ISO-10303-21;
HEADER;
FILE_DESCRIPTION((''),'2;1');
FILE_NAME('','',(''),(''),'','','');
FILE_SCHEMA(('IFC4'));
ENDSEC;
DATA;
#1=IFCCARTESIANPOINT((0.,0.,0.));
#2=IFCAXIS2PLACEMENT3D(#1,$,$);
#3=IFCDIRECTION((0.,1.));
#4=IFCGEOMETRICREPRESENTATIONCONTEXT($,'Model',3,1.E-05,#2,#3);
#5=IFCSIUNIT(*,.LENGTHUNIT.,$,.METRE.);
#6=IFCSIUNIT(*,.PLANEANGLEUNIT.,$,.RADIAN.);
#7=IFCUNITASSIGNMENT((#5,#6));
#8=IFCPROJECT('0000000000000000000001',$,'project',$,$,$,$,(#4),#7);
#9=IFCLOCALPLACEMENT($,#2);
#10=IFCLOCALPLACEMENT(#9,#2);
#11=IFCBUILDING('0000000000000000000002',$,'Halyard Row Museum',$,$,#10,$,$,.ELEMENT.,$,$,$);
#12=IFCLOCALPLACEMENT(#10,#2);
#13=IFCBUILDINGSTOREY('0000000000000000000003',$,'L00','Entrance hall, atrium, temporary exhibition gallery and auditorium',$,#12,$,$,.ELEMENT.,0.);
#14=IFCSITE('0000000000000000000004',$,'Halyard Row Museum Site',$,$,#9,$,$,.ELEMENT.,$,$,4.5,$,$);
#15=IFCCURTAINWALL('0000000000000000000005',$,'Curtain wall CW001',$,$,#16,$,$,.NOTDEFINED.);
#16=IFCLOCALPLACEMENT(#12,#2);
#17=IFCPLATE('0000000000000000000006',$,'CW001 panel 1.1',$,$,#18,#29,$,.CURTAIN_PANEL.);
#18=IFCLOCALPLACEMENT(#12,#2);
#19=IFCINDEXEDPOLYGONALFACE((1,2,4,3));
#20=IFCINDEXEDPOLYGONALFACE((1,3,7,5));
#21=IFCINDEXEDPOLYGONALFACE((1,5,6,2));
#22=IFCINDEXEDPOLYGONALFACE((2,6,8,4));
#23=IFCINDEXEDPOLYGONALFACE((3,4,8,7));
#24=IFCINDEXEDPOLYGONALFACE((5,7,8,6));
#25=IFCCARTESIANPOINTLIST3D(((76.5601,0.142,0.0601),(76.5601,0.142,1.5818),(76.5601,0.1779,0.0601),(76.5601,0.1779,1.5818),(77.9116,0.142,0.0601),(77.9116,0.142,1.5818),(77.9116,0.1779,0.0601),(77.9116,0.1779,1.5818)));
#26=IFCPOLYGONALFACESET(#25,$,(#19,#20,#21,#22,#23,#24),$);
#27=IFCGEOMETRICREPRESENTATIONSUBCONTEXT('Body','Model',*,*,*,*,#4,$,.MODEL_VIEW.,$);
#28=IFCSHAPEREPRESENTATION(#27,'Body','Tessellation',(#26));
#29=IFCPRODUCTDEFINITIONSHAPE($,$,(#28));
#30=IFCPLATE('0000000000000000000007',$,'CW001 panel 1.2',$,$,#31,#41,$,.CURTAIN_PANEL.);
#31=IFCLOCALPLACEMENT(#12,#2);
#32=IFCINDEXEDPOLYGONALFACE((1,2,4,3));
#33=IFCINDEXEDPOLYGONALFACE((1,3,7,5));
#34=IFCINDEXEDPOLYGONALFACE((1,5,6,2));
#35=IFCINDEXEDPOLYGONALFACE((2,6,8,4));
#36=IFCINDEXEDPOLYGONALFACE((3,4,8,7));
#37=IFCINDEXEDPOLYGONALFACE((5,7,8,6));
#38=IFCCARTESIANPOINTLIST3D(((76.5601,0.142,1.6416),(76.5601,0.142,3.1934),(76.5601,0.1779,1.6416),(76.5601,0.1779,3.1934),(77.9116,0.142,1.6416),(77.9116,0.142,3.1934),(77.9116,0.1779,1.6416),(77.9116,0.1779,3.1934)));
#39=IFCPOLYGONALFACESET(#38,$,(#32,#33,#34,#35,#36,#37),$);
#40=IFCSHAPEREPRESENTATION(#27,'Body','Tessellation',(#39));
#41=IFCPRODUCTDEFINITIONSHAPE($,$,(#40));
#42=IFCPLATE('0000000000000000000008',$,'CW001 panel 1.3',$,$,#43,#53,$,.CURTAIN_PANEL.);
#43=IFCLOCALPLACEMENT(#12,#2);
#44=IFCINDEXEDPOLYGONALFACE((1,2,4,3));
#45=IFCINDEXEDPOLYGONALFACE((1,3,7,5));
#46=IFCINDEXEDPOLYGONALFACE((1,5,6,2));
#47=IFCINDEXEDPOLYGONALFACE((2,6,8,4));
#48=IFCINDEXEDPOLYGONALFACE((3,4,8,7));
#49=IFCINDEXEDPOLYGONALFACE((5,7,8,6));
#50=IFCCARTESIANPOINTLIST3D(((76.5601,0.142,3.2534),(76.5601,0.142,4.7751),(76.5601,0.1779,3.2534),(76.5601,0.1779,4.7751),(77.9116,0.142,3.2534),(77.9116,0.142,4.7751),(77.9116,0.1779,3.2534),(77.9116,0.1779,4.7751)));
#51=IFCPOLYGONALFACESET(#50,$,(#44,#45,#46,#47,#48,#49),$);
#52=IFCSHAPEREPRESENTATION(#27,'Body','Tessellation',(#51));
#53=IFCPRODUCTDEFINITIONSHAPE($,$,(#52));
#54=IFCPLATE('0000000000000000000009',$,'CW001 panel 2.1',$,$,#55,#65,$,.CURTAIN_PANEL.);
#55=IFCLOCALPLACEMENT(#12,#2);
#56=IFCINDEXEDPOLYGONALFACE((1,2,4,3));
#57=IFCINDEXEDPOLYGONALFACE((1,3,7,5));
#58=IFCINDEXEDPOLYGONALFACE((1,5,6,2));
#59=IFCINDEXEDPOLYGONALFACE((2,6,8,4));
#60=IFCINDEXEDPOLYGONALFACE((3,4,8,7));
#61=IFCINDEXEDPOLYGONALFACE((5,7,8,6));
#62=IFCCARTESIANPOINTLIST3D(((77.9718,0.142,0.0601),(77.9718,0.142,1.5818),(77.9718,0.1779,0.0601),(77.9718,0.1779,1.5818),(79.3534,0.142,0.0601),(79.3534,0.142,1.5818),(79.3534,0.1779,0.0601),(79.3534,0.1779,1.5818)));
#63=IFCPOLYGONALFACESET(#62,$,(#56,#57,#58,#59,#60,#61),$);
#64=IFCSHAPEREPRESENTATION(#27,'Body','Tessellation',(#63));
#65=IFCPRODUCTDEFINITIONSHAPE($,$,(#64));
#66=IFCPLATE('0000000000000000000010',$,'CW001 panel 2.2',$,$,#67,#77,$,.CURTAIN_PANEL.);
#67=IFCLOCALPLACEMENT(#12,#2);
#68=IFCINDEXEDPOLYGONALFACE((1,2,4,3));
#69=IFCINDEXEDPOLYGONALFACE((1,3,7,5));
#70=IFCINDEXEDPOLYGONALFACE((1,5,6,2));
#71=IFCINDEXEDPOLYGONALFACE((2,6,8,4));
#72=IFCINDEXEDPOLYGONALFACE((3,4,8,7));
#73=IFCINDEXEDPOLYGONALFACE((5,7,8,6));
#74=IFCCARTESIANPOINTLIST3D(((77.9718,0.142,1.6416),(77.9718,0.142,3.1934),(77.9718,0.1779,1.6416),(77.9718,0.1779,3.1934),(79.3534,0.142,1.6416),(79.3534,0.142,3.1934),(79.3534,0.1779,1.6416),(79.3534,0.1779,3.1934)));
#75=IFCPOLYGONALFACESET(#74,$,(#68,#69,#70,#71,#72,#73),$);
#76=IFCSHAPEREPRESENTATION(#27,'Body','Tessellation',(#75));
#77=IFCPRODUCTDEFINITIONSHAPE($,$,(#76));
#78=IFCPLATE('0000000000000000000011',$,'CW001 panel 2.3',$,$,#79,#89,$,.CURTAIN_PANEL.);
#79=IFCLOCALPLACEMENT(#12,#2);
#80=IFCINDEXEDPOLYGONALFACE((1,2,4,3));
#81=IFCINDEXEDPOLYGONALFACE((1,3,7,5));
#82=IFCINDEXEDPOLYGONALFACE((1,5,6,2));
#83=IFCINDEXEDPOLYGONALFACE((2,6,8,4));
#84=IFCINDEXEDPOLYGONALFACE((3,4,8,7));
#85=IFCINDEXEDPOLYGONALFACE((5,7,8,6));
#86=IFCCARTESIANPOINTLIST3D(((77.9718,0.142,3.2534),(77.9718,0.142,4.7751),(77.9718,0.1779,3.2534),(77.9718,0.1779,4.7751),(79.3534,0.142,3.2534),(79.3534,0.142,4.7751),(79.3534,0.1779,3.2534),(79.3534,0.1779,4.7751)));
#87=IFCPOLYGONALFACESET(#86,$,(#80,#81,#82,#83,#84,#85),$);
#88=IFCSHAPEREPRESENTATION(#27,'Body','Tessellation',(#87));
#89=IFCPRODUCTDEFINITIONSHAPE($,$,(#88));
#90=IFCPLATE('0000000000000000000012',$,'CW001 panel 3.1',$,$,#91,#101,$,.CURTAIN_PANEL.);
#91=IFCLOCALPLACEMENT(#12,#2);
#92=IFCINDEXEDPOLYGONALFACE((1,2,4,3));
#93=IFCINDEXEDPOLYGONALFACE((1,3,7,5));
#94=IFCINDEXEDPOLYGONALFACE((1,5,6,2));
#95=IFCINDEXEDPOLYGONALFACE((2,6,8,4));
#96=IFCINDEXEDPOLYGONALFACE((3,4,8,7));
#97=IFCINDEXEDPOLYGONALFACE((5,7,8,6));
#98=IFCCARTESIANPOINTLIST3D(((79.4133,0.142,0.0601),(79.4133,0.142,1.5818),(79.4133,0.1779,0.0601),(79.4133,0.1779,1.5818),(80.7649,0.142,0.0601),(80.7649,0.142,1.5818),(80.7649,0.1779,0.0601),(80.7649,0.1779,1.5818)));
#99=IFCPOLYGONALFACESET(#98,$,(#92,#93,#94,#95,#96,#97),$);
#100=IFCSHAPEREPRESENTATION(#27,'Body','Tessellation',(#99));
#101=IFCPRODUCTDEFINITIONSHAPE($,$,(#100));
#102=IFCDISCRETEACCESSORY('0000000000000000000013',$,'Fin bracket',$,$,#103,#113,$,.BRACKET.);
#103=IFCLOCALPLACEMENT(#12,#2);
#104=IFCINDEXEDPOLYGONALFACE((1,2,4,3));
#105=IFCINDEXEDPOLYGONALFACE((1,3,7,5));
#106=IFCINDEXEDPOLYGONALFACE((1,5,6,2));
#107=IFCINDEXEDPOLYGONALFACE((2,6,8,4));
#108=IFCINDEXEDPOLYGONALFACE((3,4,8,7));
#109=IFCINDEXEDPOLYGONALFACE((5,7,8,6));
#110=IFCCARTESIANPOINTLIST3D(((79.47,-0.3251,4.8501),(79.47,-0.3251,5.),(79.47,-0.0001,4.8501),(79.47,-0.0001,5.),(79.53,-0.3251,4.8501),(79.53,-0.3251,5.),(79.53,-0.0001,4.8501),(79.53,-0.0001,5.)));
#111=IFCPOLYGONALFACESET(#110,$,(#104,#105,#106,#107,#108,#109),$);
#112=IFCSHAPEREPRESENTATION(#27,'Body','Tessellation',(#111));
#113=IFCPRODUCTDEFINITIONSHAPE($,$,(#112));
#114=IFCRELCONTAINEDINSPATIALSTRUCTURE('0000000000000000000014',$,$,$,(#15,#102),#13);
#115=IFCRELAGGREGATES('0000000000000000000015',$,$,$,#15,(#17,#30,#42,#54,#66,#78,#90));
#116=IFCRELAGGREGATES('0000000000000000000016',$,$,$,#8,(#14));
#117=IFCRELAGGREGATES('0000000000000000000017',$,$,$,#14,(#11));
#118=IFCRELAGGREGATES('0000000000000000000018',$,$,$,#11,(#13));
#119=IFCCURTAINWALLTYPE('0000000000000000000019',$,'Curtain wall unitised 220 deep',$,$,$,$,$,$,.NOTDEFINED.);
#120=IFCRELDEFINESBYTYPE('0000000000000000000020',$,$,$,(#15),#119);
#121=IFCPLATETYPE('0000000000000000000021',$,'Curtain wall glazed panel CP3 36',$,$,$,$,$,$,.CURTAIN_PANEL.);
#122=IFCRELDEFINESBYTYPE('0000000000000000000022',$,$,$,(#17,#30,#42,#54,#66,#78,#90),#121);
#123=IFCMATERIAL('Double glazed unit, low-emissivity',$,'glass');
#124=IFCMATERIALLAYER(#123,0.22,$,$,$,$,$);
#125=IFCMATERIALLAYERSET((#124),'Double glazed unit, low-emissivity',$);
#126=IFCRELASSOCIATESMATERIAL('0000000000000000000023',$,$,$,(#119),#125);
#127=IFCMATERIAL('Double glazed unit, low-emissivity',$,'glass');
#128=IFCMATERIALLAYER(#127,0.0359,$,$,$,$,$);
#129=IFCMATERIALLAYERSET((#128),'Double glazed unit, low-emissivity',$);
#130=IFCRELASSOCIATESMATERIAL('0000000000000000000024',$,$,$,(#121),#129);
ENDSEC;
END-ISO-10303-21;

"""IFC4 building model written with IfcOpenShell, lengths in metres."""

from ifc_helpers import new_model, si_unit, direction, frame, origin, origin_2d, place, context, subcontext, project, spatial, rectangle, extrude, material, layer, layer_set, type_object, element, aggregate, save


model = new_model("IFC4")

# Units and contexts
model_context = context("Model", 3, precision=1e-05, world=origin(), true_north=direction((0.0, 1.0)))
body_context = subcontext(model_context, "Body", "Model", "MODEL_VIEW")
ifc_project = project(units=[si_unit("LENGTHUNIT", "METRE"), si_unit("PLANEANGLEUNIT", "RADIAN")], contexts=[model_context])

# Site, building, storey
site_placement = place(None, origin())
site = spatial("IfcSite", under=ifc_project, at=site_placement, Name="Halyard Row Museum Site", CompositionType="ELEMENT", RefElevation=4.5)
building_placement = place(site_placement, origin())
building = spatial("IfcBuilding", under=site, at=building_placement, Name="Halyard Row Museum", CompositionType="ELEMENT")
storey_placement = place(building_placement, origin())
storey = spatial("IfcBuildingStorey", under=building, at=storey_placement, Name="L00", Description="Entrance hall, atrium, temporary exhibition gallery and auditorium", CompositionType="ELEMENT", Elevation=0.0)

# Curtain wall, plates
ifc_material_1 = material(Name="Double glazed unit, low-emissivity", Category="glass")
ifc_layer_1 = layer(ifc_material_1, 0.22)
ifc_layer_set_1 = layer_set([ifc_layer_1], Name="Double glazed unit, low-emissivity")
curtain_wall_type = type_object("IfcCurtainWallType", Name="Curtain wall unitised 220 deep", PredefinedType="NOTDEFINED", material=ifc_layer_set_1)
curtain_wall_placement = place(storey_placement, origin())
curtain_wall = element("IfcCurtainWall", 1, at=curtain_wall_placement, inside=storey, type_object=curtain_wall_type, Name="Curtain wall CW001", PredefinedType="NOTDEFINED")
ifc_material_2 = material(Name="Double glazed unit, low-emissivity", Category="glass")
ifc_layer_2 = layer(ifc_material_2, 0.0359)
ifc_layer_set_2 = layer_set([ifc_layer_2], Name="Double glazed unit, low-emissivity")
plate_type = type_object("IfcPlateType", Name="Curtain wall glazed panel CP3 36", PredefinedType="CURTAIN_PANEL", material=ifc_layer_set_2)
plate_1_placement = place(storey_placement, frame((77.2358, 0.1599, 0.0601), z_axis=(0.0, 0.0, 1.0), x_axis=(1.0, 0.0, 0.0)))
plate_1 = element("IfcPlate", 2, at=plate_1_placement, type_object=plate_type, Name="CW001 panel 1.1", PredefinedType="CURTAIN_PANEL", context=body_context, shape_type="SweptSolid", body=[
    extrude(rectangle(XDim=1.3516, YDim=0.0359, at=origin_2d()), origin(), (0.0, 0.0, 1.0), 1.5217),
])
plate_2_placement = place(storey_placement, frame((77.2358, 0.1599, 1.6416), z_axis=(0.0, 0.0, 1.0), x_axis=(1.0, 0.0, 0.0)))
plate_2 = element("IfcPlate", 3, at=plate_2_placement, type_object=plate_type, Name="CW001 panel 1.2", PredefinedType="CURTAIN_PANEL", context=body_context, shape_type="SweptSolid", body=[
    extrude(rectangle(XDim=1.3516, YDim=0.0359, at=origin_2d()), origin(), (0.0, 0.0, 1.0), 1.5518),
])
plate_3_placement = place(storey_placement, frame((77.2358, 0.1599, 3.2534), z_axis=(0.0, 0.0, 1.0), x_axis=(1.0, 0.0, 0.0)))
plate_3 = element("IfcPlate", 4, at=plate_3_placement, type_object=plate_type, Name="CW001 panel 1.3", PredefinedType="CURTAIN_PANEL", context=body_context, shape_type="SweptSolid", body=[
    extrude(rectangle(XDim=1.3516, YDim=0.0359, at=origin_2d()), origin(), (0.0, 0.0, 1.0), 1.5217),
])
plate_4_placement = place(storey_placement, frame((78.6626, 0.1599, 0.0601), z_axis=(0.0, 0.0, 1.0), x_axis=(1.0, 0.0, 0.0)))
plate_4 = element("IfcPlate", 5, at=plate_4_placement, type_object=plate_type, Name="CW001 panel 2.1", PredefinedType="CURTAIN_PANEL", context=body_context, shape_type="SweptSolid", body=[
    extrude(rectangle(XDim=1.3816, YDim=0.0359, at=origin_2d()), origin(), (0.0, 0.0, 1.0), 1.5217),
])
plate_5_placement = place(storey_placement, frame((78.6626, 0.1599, 1.6416), z_axis=(0.0, 0.0, 1.0), x_axis=(1.0, 0.0, 0.0)))
plate_5 = element("IfcPlate", 6, at=plate_5_placement, type_object=plate_type, Name="CW001 panel 2.2", PredefinedType="CURTAIN_PANEL", context=body_context, shape_type="SweptSolid", body=[
    extrude(rectangle(XDim=1.3816, YDim=0.0359, at=origin_2d()), origin(), (0.0, 0.0, 1.0), 1.5518),
])
plate_6_placement = place(storey_placement, frame((78.6626, 0.1599, 3.2534), z_axis=(0.0, 0.0, 1.0), x_axis=(1.0, 0.0, 0.0)))
plate_6 = element("IfcPlate", 7, at=plate_6_placement, type_object=plate_type, Name="CW001 panel 2.3", PredefinedType="CURTAIN_PANEL", context=body_context, shape_type="SweptSolid", body=[
    extrude(rectangle(XDim=1.3816, YDim=0.0359, at=origin_2d()), origin(), (0.0, 0.0, 1.0), 1.5217),
])
plate_7_placement = place(storey_placement, frame((80.0891, 0.1599, 0.0601), z_axis=(0.0, 0.0, 1.0), x_axis=(1.0, 0.0, 0.0)))
plate_7 = element("IfcPlate", 8, at=plate_7_placement, type_object=plate_type, Name="CW001 panel 3.1", PredefinedType="CURTAIN_PANEL", context=body_context, shape_type="SweptSolid", body=[
    extrude(rectangle(XDim=1.3516, YDim=0.0359, at=origin_2d()), origin(), (0.0, 0.0, 1.0), 1.5217),
])
aggregate(curtain_wall, [plate_1, plate_2, plate_3, plate_4, plate_5, plate_6, plate_7])

# Discrete accessory
discrete_accessory_placement = place(storey_placement, frame((79.5, -0.1626, 4.8501), z_axis=(0.0, 0.0, 1.0), x_axis=(1.0, 0.0, 0.0)))
element("IfcDiscreteAccessory", 9, at=discrete_accessory_placement, inside=storey, Name="Fin bracket", PredefinedType="BRACKET", context=body_context, shape_type="SweptSolid", body=[
    extrude(rectangle(XDim=0.0601, YDim=0.325, at=origin_2d()), origin(), (0.0, 0.0, 1.0), 0.1499),
])

save(model, "model.ifc")
